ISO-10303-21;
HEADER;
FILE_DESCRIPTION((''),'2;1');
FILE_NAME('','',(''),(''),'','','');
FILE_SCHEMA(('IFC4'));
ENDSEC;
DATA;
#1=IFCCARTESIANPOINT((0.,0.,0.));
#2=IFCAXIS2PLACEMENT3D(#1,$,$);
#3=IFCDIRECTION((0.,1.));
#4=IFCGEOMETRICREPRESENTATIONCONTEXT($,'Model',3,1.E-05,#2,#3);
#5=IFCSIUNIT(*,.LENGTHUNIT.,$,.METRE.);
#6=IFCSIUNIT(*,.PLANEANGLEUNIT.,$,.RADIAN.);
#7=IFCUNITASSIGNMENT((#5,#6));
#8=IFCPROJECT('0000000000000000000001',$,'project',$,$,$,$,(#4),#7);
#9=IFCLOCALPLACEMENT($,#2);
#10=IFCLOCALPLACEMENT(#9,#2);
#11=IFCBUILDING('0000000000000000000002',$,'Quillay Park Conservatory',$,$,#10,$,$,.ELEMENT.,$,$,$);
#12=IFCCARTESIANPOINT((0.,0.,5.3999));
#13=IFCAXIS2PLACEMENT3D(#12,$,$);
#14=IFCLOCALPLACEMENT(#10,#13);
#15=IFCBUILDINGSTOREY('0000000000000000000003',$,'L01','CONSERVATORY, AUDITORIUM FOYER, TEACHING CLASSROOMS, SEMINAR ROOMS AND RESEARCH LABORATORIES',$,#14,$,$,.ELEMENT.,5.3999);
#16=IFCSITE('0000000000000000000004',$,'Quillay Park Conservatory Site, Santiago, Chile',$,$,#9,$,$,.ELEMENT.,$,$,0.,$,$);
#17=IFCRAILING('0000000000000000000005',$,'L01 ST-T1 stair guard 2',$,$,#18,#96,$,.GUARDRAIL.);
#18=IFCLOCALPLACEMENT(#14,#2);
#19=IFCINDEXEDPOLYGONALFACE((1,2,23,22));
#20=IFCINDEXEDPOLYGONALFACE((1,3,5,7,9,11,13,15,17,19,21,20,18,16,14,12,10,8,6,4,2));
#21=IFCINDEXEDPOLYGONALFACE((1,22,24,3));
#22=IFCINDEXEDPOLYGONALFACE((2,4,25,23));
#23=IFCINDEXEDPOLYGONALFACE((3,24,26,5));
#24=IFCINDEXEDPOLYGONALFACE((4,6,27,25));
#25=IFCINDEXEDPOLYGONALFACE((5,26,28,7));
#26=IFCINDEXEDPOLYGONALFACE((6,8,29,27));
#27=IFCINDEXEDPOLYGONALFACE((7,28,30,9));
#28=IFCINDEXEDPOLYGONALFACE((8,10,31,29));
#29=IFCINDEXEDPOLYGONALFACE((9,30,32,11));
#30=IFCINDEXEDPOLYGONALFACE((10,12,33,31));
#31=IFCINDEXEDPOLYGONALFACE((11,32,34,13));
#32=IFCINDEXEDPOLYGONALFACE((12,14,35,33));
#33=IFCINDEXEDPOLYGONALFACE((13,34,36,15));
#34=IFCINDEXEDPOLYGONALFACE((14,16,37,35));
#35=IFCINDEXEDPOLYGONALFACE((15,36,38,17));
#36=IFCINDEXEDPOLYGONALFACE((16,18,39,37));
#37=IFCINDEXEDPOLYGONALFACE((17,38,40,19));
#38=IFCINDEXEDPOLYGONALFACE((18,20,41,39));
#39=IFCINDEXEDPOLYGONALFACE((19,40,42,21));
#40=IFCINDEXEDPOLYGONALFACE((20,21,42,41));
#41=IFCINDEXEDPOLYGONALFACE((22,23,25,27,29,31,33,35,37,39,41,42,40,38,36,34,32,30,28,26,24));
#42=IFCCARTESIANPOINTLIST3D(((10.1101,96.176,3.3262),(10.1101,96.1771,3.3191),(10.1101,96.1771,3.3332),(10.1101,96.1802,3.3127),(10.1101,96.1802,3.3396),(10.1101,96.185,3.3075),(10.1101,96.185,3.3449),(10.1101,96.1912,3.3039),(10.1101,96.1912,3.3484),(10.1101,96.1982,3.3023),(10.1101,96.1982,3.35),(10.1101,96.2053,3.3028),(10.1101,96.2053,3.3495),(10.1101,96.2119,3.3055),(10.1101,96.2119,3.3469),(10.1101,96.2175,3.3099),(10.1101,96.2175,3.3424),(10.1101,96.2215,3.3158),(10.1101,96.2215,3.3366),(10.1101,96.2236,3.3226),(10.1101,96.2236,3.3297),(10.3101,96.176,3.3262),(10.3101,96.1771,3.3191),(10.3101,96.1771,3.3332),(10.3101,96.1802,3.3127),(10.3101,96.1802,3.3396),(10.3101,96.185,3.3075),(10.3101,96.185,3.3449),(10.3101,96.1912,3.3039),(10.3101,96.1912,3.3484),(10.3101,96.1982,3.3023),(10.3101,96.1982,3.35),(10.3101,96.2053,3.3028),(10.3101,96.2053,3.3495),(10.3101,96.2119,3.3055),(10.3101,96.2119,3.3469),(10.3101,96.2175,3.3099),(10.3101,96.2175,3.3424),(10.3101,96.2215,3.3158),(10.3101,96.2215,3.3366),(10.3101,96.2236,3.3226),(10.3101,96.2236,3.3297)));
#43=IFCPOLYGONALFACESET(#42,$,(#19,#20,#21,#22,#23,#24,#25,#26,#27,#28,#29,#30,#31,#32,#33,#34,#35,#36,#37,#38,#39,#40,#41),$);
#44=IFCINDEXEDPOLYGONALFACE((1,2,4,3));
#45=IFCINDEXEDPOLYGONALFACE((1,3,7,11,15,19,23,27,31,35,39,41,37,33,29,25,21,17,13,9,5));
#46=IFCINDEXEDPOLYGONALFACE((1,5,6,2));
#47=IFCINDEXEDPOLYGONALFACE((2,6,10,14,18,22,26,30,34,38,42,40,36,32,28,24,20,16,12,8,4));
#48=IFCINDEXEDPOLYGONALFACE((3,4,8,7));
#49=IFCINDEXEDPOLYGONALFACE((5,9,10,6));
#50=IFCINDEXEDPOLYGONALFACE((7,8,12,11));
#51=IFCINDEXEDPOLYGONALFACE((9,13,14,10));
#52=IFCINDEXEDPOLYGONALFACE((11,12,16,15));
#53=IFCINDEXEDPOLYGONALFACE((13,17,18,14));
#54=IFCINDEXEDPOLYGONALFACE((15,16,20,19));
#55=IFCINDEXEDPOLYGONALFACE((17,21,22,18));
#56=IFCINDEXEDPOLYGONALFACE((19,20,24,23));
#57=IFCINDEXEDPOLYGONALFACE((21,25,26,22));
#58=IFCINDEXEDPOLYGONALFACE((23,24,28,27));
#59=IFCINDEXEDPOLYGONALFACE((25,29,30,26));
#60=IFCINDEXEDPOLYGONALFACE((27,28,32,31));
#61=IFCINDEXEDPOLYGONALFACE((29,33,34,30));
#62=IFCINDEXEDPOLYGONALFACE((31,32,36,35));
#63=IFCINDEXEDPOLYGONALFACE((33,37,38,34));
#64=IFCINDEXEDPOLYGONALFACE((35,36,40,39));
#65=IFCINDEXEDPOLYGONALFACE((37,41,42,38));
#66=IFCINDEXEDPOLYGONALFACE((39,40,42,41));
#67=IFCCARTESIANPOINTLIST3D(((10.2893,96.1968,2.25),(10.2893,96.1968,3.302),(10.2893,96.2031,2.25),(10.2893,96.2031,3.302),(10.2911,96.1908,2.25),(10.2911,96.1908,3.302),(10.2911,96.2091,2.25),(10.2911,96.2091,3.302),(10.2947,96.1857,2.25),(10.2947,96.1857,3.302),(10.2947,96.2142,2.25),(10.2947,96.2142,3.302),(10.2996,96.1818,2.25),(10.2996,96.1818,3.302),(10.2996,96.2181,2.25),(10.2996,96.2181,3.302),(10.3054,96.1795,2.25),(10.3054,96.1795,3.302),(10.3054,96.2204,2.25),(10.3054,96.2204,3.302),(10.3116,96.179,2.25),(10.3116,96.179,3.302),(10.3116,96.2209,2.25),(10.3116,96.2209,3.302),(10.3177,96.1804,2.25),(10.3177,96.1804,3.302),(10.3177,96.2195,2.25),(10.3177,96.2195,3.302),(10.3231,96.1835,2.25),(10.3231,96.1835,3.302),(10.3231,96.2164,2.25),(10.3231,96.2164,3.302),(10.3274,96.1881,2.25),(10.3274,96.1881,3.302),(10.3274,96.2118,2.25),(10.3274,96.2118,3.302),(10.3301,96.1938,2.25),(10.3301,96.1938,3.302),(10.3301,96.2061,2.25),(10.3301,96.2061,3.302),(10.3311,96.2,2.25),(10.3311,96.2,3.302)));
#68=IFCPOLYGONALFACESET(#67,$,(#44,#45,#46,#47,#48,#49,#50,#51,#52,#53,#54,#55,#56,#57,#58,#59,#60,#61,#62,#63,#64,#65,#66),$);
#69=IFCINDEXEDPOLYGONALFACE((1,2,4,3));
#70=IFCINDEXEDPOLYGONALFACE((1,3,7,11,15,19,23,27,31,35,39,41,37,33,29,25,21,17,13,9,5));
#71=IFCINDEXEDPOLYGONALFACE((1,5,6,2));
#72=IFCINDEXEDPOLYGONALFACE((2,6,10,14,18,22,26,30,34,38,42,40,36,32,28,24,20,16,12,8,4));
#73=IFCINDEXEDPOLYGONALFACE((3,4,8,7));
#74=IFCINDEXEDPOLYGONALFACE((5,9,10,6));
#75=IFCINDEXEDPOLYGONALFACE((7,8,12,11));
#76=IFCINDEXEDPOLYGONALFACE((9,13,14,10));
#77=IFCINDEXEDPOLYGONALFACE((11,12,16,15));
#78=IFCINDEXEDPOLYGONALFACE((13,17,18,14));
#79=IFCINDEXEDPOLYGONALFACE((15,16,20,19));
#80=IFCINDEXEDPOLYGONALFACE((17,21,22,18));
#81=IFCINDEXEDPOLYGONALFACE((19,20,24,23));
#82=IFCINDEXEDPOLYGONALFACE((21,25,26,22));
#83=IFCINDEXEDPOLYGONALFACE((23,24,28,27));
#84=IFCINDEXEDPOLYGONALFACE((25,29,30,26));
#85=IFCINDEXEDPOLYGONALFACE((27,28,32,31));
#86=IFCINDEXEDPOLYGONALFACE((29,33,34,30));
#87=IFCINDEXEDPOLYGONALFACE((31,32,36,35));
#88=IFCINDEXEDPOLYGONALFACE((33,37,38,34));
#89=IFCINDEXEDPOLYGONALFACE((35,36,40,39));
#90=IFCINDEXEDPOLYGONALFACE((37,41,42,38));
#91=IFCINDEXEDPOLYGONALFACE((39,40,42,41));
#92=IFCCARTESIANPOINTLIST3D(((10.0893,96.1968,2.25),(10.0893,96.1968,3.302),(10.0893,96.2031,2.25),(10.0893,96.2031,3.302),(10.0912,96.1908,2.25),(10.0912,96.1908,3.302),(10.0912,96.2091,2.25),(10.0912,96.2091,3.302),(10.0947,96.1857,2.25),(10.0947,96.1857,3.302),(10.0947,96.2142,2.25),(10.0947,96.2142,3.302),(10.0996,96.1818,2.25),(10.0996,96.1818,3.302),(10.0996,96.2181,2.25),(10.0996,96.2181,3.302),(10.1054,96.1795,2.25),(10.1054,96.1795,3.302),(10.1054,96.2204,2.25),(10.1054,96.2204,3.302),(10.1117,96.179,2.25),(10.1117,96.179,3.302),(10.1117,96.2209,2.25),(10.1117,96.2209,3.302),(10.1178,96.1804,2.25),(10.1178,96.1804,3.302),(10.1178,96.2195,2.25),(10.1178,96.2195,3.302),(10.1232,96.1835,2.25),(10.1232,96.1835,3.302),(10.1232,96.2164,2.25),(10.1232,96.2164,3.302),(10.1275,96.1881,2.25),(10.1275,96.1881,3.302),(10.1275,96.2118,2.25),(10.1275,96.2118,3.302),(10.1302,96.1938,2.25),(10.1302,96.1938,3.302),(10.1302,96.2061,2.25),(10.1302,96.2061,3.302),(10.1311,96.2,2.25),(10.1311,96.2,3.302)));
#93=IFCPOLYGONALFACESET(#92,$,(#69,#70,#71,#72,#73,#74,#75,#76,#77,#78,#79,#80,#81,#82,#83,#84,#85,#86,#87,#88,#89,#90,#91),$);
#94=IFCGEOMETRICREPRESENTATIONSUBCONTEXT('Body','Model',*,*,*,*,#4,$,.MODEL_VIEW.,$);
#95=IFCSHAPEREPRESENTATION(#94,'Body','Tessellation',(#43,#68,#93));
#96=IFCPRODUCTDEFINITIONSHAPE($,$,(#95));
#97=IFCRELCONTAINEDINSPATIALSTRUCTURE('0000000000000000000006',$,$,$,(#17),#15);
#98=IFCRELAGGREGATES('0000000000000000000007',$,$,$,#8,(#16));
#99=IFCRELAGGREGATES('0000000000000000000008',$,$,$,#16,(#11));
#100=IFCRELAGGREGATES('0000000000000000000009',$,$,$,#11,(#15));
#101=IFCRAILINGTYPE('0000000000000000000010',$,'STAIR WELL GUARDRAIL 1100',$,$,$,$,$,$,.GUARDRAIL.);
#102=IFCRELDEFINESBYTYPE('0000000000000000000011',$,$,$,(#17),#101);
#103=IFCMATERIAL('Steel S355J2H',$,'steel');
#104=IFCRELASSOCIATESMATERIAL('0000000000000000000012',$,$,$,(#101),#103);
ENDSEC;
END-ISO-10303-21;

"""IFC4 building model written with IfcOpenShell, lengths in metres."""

from ifc_helpers import new_model, si_unit, direction, frame, origin, origin_2d, place, context, subcontext, project, spatial, circle, extrude, material, type_object, element, save


model = new_model("IFC4")

# Units and contexts
model_context = context("Model", 3, precision=1e-05, world=origin(), true_north=direction((0.0, 1.0)))
body_context = subcontext(model_context, "Body", "Model", "MODEL_VIEW")
ifc_project = project(units=[si_unit("LENGTHUNIT", "METRE"), si_unit("PLANEANGLEUNIT", "RADIAN")], contexts=[model_context])

# Site, building, storey
site_placement = place(None, origin())
site = spatial("IfcSite", under=ifc_project, at=site_placement, Name="Quillay Park Conservatory Site, Santiago, Chile", CompositionType="ELEMENT", RefElevation=0.0)
building_placement = place(site_placement, origin())
building = spatial("IfcBuilding", under=site, at=building_placement, Name="Quillay Park Conservatory", CompositionType="ELEMENT")
storey_placement = place(building_placement, frame((0.0, 0.0, 5.3999)))
storey = spatial("IfcBuildingStorey", under=building, at=storey_placement, Name="L01", Description="CONSERVATORY, AUDITORIUM FOYER, TEACHING CLASSROOMS, SEMINAR ROOMS AND RESEARCH LABORATORIES", CompositionType="ELEMENT", Elevation=5.3999)

# Railing
ifc_material_1 = material(Name="Steel S355J2H", Category="steel")
railing_type_1 = type_object("IfcRailingType", Name="STAIR WELL GUARDRAIL 1100", PredefinedType="GUARDRAIL", material=ifc_material_1)
railing_1_placement = place(storey_placement, frame((10.3101, 96.2, 2.25)))
element("IfcRailing", 1, at=railing_1_placement, inside=storey, type_object=railing_type_1, Name="L01 ST-T1 stair guard 2", PredefinedType="GUARDRAIL", context=body_context, shape_type="SweptSolid", body=[
    extrude(circle(Radius=0.0239, at=origin_2d()), frame((0.0, 0.0, 1.0762), z_axis=(-1.0, 0.0, 0.0), x_axis=(0.0, -1.0, 0.0)), (0.0, 0.0, 1.0), 0.2),
    extrude(circle(Radius=0.021, at=origin_2d()), origin(), (0.0, 0.0, 1.0), 1.052),
    extrude(circle(Radius=0.021, at=origin_2d()), frame((-0.2, 0.0, 0.0)), (0.0, 0.0, 1.0), 1.052),
])

save(model, "model.ifc")
